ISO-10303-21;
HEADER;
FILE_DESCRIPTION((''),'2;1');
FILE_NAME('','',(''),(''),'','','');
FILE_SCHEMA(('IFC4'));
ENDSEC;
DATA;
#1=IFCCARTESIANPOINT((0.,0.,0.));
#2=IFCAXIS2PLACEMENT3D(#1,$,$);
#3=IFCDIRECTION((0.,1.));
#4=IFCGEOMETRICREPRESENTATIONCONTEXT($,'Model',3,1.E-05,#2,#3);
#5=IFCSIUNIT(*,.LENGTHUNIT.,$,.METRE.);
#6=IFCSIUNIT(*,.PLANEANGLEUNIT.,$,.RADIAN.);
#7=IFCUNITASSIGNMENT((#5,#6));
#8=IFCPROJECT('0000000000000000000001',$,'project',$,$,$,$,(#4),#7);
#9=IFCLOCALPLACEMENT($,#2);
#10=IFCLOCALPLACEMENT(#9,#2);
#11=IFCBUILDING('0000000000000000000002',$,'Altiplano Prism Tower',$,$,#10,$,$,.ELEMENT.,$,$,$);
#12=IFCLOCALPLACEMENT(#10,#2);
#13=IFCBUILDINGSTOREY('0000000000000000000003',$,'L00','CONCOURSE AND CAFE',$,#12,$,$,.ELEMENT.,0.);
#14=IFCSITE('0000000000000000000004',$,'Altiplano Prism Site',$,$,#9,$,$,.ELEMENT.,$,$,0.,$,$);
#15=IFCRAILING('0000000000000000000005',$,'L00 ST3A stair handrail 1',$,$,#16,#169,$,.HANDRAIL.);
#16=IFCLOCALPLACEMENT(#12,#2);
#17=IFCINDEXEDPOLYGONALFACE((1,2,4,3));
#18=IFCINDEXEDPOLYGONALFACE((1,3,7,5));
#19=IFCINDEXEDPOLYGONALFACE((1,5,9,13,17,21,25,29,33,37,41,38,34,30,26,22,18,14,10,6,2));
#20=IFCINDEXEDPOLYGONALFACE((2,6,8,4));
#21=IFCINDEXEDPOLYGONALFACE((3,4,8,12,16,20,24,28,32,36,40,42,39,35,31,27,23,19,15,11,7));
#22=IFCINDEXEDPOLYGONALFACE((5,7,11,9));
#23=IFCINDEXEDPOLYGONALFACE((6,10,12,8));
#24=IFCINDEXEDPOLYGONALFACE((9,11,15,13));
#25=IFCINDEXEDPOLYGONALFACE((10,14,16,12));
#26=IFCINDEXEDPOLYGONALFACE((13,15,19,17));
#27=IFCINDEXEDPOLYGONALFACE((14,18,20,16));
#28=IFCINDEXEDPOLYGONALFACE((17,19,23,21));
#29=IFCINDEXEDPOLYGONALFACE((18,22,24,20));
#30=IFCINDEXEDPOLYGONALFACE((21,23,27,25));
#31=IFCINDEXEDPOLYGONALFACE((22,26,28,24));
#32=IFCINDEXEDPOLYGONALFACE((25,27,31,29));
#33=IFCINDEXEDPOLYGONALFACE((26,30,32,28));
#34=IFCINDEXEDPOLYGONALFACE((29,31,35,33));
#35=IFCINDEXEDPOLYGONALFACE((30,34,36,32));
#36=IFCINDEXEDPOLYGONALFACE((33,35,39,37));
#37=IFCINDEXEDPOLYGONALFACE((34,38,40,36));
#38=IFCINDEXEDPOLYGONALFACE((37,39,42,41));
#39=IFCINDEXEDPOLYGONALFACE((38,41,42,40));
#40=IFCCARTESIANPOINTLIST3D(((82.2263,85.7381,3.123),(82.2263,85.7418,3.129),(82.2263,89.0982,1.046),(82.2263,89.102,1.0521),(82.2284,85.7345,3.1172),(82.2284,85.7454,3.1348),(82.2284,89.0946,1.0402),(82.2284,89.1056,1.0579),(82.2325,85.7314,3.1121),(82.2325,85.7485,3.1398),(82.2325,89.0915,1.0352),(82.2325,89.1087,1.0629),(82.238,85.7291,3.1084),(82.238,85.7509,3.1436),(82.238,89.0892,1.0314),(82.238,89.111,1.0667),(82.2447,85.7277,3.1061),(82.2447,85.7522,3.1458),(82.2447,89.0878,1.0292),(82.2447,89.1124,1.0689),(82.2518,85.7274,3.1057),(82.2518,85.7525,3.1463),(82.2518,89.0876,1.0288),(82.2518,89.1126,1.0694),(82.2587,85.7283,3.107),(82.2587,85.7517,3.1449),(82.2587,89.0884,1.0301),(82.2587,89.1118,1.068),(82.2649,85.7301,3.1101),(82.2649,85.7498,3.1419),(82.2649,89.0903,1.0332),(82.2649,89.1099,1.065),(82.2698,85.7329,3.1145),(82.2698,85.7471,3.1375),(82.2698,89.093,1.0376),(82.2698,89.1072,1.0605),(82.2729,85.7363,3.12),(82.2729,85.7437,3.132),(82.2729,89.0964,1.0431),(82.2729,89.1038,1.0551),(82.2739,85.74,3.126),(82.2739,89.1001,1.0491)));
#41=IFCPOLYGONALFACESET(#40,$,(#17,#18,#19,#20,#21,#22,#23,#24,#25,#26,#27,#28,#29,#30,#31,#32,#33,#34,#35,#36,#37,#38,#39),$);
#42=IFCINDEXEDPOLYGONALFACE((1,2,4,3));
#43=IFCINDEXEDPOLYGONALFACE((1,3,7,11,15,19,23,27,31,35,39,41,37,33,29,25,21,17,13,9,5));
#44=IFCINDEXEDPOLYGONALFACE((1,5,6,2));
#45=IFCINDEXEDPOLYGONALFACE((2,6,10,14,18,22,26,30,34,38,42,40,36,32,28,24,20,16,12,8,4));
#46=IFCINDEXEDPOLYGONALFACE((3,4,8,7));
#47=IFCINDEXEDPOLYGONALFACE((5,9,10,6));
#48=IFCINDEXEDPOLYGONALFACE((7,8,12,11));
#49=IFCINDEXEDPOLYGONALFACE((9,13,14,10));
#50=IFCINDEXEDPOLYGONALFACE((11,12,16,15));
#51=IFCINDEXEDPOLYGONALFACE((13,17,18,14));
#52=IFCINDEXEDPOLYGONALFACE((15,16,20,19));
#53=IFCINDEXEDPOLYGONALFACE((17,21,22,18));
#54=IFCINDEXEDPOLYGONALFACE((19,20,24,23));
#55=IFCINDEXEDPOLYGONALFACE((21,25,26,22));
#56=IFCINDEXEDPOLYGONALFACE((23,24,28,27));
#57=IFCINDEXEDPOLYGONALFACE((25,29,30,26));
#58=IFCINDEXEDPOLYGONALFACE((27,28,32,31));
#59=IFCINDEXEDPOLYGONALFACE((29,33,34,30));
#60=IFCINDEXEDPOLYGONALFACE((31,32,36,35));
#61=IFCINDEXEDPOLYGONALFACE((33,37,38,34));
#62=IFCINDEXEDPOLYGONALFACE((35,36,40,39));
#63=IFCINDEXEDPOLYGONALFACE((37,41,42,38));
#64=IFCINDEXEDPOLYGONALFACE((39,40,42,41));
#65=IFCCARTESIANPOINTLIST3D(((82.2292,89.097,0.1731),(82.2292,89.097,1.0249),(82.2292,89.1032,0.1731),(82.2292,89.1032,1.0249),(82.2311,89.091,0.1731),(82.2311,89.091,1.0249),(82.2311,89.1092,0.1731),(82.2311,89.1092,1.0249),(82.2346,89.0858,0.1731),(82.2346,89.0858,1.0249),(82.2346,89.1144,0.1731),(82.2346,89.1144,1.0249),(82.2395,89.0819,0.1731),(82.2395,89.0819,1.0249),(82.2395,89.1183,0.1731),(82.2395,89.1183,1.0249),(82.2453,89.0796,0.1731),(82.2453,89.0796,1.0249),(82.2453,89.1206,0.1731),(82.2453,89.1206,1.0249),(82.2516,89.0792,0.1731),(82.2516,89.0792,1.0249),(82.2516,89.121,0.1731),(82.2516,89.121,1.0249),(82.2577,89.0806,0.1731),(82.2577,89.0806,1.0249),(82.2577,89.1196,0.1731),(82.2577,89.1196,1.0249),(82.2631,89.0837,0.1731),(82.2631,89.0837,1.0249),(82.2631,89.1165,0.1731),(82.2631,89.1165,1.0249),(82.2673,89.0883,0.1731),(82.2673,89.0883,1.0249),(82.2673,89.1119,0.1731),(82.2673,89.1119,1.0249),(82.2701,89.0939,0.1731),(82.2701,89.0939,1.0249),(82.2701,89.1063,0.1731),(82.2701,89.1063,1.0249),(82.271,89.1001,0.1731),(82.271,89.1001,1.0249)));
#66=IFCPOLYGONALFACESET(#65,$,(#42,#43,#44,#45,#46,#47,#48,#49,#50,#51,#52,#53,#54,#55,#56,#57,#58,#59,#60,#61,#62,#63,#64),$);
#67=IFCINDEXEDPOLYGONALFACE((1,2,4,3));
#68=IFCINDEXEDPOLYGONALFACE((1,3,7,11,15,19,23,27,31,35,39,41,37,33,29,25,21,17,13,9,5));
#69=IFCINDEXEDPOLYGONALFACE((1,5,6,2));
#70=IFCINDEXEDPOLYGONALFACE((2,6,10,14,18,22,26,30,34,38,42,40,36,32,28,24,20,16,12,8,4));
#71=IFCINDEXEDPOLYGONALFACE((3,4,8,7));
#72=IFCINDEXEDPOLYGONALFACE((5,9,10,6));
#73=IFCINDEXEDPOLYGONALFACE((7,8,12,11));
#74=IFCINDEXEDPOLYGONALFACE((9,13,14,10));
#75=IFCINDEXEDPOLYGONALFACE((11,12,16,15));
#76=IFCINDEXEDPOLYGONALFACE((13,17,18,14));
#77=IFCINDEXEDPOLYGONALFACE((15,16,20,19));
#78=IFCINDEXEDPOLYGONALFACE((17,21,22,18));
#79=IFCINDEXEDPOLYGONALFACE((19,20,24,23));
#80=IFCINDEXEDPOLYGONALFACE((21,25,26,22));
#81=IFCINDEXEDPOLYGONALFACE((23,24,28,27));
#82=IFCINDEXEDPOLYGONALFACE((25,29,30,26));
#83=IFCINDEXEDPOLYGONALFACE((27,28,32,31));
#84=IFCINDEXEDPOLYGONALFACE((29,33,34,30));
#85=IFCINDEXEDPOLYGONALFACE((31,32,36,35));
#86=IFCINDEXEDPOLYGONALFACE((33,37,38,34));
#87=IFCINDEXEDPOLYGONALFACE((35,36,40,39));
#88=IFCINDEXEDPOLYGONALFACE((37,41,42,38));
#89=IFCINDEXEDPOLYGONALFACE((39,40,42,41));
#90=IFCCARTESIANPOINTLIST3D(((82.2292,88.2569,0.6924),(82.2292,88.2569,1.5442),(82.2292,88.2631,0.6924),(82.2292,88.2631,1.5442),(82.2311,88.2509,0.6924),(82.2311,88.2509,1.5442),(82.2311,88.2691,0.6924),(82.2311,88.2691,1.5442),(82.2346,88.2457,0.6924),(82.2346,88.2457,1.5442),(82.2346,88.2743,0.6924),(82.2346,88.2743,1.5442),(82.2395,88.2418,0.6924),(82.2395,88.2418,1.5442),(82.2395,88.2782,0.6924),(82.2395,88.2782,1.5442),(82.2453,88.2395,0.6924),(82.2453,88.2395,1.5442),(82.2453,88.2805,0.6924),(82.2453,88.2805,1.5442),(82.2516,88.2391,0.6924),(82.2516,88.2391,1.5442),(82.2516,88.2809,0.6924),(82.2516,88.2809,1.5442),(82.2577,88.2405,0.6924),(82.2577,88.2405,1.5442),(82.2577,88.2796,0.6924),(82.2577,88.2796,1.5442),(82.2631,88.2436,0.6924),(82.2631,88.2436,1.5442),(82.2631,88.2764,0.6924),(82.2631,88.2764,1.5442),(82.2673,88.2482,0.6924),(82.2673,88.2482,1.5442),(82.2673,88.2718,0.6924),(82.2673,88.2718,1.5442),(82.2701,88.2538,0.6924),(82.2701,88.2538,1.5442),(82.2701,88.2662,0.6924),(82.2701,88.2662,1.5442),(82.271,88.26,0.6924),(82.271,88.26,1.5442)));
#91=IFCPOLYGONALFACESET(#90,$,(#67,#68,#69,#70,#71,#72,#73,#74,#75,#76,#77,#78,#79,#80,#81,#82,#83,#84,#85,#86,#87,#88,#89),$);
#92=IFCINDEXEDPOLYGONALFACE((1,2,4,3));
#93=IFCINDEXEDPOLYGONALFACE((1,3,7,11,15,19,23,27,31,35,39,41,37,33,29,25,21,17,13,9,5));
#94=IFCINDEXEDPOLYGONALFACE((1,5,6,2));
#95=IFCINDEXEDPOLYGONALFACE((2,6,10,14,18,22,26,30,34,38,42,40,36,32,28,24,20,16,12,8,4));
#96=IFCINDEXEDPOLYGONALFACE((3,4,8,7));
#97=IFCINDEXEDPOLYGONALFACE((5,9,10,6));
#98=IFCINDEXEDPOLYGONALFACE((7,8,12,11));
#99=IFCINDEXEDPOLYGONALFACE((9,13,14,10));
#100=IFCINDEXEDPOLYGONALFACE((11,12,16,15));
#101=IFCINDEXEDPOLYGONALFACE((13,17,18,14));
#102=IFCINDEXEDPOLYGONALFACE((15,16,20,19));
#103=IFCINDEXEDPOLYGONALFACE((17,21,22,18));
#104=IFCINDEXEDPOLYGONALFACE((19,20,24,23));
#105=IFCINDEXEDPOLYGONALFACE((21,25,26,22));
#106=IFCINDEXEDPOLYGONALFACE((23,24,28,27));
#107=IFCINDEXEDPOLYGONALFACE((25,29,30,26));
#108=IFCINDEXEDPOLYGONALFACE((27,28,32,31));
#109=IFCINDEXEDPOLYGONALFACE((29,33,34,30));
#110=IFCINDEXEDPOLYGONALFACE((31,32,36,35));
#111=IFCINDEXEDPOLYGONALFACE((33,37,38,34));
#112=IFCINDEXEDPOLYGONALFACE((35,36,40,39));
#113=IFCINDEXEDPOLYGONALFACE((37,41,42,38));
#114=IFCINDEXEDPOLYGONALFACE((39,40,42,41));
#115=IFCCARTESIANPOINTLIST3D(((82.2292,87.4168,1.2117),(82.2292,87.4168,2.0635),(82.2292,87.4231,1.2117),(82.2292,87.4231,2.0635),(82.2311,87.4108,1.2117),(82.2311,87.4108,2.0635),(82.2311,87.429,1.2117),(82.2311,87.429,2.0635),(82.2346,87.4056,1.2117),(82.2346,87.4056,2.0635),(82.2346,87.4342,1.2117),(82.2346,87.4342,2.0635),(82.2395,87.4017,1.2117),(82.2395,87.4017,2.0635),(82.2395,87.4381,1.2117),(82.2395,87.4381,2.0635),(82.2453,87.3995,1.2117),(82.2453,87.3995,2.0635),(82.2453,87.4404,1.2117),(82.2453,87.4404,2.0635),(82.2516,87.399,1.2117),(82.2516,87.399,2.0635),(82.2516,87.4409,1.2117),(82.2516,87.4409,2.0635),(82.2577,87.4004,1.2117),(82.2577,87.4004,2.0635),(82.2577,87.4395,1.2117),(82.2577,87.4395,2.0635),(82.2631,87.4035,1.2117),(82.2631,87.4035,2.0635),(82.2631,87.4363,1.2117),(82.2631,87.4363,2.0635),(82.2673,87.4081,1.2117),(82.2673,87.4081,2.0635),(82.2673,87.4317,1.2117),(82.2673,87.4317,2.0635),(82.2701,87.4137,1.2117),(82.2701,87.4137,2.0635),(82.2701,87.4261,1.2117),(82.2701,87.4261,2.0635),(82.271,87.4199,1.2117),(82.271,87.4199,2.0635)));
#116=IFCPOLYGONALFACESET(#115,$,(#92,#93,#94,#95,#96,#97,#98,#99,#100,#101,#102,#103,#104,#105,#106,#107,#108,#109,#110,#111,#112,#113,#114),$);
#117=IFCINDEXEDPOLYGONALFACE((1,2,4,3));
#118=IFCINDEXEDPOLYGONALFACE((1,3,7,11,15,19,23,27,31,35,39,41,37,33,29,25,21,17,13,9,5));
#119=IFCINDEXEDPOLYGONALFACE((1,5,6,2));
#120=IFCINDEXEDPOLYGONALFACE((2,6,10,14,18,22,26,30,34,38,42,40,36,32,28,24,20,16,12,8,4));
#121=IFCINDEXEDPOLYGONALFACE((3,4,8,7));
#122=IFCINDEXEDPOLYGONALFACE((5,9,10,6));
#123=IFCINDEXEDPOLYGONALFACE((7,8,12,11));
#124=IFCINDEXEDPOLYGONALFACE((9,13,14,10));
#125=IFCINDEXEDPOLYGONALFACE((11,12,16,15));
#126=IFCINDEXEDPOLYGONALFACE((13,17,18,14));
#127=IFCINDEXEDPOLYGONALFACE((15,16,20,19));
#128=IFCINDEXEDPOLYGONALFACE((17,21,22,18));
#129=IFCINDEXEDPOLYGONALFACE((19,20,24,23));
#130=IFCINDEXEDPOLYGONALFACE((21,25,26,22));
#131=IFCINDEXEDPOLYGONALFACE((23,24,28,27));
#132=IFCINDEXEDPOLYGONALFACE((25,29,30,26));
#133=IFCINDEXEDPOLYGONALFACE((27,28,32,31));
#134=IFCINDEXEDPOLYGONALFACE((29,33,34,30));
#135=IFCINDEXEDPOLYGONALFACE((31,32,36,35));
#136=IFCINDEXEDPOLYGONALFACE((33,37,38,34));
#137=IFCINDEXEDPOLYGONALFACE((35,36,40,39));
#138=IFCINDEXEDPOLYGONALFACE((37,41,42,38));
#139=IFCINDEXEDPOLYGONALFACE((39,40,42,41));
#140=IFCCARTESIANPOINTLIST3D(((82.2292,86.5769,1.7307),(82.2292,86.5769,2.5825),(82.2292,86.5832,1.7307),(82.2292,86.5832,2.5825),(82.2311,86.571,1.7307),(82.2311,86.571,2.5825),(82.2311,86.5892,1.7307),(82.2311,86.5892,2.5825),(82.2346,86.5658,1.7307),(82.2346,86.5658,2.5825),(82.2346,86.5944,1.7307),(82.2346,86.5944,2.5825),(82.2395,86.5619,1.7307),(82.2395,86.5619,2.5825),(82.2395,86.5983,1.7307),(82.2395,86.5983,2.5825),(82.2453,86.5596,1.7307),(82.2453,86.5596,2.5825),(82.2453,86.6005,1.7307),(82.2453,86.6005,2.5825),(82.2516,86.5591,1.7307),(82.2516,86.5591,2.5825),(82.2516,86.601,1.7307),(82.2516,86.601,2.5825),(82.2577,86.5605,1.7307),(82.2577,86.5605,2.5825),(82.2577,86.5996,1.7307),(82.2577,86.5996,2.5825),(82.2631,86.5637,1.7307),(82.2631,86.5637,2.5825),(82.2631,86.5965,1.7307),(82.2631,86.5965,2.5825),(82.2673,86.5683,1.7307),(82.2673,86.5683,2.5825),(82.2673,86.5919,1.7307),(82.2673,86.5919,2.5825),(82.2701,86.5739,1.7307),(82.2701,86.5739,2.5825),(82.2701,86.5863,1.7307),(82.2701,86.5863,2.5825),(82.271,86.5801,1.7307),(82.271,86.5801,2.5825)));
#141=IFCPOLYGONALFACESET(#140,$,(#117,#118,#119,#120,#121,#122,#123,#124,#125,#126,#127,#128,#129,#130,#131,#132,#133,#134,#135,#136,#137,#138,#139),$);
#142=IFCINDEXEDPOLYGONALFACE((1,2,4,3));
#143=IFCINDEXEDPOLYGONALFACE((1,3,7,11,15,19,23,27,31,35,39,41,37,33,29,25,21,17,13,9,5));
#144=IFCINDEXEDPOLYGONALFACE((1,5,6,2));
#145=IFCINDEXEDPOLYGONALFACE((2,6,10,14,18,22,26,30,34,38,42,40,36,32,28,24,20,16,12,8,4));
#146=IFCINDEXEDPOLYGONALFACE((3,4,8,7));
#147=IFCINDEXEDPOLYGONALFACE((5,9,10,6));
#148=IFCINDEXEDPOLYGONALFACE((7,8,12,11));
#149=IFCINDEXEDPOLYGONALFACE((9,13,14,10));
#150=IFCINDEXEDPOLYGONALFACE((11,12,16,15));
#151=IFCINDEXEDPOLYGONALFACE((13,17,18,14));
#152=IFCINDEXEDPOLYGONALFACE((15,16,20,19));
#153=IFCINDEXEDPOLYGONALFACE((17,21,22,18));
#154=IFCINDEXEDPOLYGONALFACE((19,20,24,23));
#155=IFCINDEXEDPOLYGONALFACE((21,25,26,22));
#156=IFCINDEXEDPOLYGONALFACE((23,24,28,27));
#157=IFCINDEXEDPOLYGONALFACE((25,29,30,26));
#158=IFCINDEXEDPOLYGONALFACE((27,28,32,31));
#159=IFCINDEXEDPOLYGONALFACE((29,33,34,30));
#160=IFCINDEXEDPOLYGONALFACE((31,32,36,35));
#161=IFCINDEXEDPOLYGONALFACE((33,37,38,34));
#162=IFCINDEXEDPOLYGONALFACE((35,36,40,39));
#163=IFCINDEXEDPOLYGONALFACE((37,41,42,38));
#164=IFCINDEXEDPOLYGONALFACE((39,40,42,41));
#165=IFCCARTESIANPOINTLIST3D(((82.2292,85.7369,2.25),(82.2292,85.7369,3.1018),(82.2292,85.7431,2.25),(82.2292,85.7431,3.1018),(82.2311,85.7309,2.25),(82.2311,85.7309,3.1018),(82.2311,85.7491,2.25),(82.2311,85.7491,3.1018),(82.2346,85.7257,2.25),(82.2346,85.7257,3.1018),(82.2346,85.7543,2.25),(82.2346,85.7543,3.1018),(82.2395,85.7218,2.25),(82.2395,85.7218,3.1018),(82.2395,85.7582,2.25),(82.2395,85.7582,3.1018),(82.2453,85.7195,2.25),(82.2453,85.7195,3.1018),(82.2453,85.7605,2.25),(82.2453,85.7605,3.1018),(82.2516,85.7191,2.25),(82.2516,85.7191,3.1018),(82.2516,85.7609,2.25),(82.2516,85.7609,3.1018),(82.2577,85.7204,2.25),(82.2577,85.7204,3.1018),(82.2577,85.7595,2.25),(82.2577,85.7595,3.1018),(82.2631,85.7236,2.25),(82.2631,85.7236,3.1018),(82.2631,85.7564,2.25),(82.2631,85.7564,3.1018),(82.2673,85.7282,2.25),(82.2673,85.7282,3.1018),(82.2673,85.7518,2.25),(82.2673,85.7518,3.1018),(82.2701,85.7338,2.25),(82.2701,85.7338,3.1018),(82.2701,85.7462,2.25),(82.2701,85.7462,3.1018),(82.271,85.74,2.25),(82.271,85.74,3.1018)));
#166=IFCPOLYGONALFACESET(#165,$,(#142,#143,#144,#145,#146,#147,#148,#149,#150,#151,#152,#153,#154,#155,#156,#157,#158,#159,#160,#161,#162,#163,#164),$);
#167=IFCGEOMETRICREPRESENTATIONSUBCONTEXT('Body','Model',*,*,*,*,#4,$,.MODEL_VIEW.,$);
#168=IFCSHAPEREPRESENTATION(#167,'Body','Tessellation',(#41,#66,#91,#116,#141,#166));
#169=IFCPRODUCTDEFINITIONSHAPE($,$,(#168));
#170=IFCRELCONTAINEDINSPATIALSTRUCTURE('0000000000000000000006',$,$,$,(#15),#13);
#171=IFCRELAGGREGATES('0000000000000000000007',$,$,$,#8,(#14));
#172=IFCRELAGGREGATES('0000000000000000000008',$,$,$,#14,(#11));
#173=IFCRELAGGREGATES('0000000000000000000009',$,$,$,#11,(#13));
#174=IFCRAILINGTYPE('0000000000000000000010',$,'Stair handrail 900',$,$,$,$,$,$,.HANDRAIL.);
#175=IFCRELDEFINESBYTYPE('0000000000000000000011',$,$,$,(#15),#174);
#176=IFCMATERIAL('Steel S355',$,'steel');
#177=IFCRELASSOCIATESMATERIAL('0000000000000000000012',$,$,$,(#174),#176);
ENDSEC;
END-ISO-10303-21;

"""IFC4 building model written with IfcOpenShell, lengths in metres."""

from ifc_helpers import new_model, si_unit, direction, frame, origin, origin_2d, place, context, subcontext, project, spatial, circle, extrude, material, type_object, element, save


model = new_model("IFC4")

# Units and contexts
model_context = context("Model", 3, precision=1e-05, world=origin(), true_north=direction((0.0, 1.0)))
body_context = subcontext(model_context, "Body", "Model", "MODEL_VIEW")
ifc_project = project(units=[si_unit("LENGTHUNIT", "METRE"), si_unit("PLANEANGLEUNIT", "RADIAN")], contexts=[model_context])

# Site, building, storey
site_placement = place(None, origin())
site = spatial("IfcSite", under=ifc_project, at=site_placement, Name="Altiplano Prism Site", CompositionType="ELEMENT", RefElevation=0.0)
building_placement = place(site_placement, origin())
building = spatial("IfcBuilding", under=site, at=building_placement, Name="Altiplano Prism Tower", CompositionType="ELEMENT")
storey_placement = place(building_placement, origin())
storey = spatial("IfcBuildingStorey", under=building, at=storey_placement, Name="L00", Description="CONCOURSE AND CAFE", CompositionType="ELEMENT", Elevation=0.0)

# Railing
ifc_material_1 = material(Name="Steel S355", Category="steel")
railing_type = type_object("IfcRailingType", Name="Stair handrail 900", PredefinedType="HANDRAIL", material=ifc_material_1)
for number, where, name in (
    (1, (82.25, 89.1001, 0.1731), "L00 ST3A stair handrail 1"),
):
    element("IfcRailing", number, at=place(storey_placement, frame(where)), inside=storey, type_object=railing_type, Name=name, PredefinedType="HANDRAIL", context=body_context, shape_type="SweptSolid", body=[
        extrude(circle(Radius=0.0239, at=origin_2d()), frame((0.0, 0.0, 0.876), z_axis=(0.0, -0.850623, 0.525776), x_axis=(1.0, 0.0, 0.0)), (0.0, 0.0, 1.0), 3.9502),
        extrude(circle(Radius=0.021, at=origin_2d()), origin(), (0.0, 0.0, 1.0), 0.8518),
        extrude(circle(Radius=0.021, at=origin_2d()), frame((0.0, -0.8401, 0.5193)), (0.0, 0.0, 1.0), 0.8518),
        extrude(circle(Radius=0.021, at=origin_2d()), frame((0.0, -1.6802, 1.0386)), (0.0, 0.0, 1.0), 0.8518),
        extrude(circle(Radius=0.021, at=origin_2d()), frame((0.0, -2.52, 1.5576)), (0.0, 0.0, 1.0), 0.8518),
        extrude(circle(Radius=0.021, at=origin_2d()), frame((0.0, -3.3601, 2.0769)), (0.0, 0.0, 1.0), 0.8518),
    ])

save(model, "model.ifc")
